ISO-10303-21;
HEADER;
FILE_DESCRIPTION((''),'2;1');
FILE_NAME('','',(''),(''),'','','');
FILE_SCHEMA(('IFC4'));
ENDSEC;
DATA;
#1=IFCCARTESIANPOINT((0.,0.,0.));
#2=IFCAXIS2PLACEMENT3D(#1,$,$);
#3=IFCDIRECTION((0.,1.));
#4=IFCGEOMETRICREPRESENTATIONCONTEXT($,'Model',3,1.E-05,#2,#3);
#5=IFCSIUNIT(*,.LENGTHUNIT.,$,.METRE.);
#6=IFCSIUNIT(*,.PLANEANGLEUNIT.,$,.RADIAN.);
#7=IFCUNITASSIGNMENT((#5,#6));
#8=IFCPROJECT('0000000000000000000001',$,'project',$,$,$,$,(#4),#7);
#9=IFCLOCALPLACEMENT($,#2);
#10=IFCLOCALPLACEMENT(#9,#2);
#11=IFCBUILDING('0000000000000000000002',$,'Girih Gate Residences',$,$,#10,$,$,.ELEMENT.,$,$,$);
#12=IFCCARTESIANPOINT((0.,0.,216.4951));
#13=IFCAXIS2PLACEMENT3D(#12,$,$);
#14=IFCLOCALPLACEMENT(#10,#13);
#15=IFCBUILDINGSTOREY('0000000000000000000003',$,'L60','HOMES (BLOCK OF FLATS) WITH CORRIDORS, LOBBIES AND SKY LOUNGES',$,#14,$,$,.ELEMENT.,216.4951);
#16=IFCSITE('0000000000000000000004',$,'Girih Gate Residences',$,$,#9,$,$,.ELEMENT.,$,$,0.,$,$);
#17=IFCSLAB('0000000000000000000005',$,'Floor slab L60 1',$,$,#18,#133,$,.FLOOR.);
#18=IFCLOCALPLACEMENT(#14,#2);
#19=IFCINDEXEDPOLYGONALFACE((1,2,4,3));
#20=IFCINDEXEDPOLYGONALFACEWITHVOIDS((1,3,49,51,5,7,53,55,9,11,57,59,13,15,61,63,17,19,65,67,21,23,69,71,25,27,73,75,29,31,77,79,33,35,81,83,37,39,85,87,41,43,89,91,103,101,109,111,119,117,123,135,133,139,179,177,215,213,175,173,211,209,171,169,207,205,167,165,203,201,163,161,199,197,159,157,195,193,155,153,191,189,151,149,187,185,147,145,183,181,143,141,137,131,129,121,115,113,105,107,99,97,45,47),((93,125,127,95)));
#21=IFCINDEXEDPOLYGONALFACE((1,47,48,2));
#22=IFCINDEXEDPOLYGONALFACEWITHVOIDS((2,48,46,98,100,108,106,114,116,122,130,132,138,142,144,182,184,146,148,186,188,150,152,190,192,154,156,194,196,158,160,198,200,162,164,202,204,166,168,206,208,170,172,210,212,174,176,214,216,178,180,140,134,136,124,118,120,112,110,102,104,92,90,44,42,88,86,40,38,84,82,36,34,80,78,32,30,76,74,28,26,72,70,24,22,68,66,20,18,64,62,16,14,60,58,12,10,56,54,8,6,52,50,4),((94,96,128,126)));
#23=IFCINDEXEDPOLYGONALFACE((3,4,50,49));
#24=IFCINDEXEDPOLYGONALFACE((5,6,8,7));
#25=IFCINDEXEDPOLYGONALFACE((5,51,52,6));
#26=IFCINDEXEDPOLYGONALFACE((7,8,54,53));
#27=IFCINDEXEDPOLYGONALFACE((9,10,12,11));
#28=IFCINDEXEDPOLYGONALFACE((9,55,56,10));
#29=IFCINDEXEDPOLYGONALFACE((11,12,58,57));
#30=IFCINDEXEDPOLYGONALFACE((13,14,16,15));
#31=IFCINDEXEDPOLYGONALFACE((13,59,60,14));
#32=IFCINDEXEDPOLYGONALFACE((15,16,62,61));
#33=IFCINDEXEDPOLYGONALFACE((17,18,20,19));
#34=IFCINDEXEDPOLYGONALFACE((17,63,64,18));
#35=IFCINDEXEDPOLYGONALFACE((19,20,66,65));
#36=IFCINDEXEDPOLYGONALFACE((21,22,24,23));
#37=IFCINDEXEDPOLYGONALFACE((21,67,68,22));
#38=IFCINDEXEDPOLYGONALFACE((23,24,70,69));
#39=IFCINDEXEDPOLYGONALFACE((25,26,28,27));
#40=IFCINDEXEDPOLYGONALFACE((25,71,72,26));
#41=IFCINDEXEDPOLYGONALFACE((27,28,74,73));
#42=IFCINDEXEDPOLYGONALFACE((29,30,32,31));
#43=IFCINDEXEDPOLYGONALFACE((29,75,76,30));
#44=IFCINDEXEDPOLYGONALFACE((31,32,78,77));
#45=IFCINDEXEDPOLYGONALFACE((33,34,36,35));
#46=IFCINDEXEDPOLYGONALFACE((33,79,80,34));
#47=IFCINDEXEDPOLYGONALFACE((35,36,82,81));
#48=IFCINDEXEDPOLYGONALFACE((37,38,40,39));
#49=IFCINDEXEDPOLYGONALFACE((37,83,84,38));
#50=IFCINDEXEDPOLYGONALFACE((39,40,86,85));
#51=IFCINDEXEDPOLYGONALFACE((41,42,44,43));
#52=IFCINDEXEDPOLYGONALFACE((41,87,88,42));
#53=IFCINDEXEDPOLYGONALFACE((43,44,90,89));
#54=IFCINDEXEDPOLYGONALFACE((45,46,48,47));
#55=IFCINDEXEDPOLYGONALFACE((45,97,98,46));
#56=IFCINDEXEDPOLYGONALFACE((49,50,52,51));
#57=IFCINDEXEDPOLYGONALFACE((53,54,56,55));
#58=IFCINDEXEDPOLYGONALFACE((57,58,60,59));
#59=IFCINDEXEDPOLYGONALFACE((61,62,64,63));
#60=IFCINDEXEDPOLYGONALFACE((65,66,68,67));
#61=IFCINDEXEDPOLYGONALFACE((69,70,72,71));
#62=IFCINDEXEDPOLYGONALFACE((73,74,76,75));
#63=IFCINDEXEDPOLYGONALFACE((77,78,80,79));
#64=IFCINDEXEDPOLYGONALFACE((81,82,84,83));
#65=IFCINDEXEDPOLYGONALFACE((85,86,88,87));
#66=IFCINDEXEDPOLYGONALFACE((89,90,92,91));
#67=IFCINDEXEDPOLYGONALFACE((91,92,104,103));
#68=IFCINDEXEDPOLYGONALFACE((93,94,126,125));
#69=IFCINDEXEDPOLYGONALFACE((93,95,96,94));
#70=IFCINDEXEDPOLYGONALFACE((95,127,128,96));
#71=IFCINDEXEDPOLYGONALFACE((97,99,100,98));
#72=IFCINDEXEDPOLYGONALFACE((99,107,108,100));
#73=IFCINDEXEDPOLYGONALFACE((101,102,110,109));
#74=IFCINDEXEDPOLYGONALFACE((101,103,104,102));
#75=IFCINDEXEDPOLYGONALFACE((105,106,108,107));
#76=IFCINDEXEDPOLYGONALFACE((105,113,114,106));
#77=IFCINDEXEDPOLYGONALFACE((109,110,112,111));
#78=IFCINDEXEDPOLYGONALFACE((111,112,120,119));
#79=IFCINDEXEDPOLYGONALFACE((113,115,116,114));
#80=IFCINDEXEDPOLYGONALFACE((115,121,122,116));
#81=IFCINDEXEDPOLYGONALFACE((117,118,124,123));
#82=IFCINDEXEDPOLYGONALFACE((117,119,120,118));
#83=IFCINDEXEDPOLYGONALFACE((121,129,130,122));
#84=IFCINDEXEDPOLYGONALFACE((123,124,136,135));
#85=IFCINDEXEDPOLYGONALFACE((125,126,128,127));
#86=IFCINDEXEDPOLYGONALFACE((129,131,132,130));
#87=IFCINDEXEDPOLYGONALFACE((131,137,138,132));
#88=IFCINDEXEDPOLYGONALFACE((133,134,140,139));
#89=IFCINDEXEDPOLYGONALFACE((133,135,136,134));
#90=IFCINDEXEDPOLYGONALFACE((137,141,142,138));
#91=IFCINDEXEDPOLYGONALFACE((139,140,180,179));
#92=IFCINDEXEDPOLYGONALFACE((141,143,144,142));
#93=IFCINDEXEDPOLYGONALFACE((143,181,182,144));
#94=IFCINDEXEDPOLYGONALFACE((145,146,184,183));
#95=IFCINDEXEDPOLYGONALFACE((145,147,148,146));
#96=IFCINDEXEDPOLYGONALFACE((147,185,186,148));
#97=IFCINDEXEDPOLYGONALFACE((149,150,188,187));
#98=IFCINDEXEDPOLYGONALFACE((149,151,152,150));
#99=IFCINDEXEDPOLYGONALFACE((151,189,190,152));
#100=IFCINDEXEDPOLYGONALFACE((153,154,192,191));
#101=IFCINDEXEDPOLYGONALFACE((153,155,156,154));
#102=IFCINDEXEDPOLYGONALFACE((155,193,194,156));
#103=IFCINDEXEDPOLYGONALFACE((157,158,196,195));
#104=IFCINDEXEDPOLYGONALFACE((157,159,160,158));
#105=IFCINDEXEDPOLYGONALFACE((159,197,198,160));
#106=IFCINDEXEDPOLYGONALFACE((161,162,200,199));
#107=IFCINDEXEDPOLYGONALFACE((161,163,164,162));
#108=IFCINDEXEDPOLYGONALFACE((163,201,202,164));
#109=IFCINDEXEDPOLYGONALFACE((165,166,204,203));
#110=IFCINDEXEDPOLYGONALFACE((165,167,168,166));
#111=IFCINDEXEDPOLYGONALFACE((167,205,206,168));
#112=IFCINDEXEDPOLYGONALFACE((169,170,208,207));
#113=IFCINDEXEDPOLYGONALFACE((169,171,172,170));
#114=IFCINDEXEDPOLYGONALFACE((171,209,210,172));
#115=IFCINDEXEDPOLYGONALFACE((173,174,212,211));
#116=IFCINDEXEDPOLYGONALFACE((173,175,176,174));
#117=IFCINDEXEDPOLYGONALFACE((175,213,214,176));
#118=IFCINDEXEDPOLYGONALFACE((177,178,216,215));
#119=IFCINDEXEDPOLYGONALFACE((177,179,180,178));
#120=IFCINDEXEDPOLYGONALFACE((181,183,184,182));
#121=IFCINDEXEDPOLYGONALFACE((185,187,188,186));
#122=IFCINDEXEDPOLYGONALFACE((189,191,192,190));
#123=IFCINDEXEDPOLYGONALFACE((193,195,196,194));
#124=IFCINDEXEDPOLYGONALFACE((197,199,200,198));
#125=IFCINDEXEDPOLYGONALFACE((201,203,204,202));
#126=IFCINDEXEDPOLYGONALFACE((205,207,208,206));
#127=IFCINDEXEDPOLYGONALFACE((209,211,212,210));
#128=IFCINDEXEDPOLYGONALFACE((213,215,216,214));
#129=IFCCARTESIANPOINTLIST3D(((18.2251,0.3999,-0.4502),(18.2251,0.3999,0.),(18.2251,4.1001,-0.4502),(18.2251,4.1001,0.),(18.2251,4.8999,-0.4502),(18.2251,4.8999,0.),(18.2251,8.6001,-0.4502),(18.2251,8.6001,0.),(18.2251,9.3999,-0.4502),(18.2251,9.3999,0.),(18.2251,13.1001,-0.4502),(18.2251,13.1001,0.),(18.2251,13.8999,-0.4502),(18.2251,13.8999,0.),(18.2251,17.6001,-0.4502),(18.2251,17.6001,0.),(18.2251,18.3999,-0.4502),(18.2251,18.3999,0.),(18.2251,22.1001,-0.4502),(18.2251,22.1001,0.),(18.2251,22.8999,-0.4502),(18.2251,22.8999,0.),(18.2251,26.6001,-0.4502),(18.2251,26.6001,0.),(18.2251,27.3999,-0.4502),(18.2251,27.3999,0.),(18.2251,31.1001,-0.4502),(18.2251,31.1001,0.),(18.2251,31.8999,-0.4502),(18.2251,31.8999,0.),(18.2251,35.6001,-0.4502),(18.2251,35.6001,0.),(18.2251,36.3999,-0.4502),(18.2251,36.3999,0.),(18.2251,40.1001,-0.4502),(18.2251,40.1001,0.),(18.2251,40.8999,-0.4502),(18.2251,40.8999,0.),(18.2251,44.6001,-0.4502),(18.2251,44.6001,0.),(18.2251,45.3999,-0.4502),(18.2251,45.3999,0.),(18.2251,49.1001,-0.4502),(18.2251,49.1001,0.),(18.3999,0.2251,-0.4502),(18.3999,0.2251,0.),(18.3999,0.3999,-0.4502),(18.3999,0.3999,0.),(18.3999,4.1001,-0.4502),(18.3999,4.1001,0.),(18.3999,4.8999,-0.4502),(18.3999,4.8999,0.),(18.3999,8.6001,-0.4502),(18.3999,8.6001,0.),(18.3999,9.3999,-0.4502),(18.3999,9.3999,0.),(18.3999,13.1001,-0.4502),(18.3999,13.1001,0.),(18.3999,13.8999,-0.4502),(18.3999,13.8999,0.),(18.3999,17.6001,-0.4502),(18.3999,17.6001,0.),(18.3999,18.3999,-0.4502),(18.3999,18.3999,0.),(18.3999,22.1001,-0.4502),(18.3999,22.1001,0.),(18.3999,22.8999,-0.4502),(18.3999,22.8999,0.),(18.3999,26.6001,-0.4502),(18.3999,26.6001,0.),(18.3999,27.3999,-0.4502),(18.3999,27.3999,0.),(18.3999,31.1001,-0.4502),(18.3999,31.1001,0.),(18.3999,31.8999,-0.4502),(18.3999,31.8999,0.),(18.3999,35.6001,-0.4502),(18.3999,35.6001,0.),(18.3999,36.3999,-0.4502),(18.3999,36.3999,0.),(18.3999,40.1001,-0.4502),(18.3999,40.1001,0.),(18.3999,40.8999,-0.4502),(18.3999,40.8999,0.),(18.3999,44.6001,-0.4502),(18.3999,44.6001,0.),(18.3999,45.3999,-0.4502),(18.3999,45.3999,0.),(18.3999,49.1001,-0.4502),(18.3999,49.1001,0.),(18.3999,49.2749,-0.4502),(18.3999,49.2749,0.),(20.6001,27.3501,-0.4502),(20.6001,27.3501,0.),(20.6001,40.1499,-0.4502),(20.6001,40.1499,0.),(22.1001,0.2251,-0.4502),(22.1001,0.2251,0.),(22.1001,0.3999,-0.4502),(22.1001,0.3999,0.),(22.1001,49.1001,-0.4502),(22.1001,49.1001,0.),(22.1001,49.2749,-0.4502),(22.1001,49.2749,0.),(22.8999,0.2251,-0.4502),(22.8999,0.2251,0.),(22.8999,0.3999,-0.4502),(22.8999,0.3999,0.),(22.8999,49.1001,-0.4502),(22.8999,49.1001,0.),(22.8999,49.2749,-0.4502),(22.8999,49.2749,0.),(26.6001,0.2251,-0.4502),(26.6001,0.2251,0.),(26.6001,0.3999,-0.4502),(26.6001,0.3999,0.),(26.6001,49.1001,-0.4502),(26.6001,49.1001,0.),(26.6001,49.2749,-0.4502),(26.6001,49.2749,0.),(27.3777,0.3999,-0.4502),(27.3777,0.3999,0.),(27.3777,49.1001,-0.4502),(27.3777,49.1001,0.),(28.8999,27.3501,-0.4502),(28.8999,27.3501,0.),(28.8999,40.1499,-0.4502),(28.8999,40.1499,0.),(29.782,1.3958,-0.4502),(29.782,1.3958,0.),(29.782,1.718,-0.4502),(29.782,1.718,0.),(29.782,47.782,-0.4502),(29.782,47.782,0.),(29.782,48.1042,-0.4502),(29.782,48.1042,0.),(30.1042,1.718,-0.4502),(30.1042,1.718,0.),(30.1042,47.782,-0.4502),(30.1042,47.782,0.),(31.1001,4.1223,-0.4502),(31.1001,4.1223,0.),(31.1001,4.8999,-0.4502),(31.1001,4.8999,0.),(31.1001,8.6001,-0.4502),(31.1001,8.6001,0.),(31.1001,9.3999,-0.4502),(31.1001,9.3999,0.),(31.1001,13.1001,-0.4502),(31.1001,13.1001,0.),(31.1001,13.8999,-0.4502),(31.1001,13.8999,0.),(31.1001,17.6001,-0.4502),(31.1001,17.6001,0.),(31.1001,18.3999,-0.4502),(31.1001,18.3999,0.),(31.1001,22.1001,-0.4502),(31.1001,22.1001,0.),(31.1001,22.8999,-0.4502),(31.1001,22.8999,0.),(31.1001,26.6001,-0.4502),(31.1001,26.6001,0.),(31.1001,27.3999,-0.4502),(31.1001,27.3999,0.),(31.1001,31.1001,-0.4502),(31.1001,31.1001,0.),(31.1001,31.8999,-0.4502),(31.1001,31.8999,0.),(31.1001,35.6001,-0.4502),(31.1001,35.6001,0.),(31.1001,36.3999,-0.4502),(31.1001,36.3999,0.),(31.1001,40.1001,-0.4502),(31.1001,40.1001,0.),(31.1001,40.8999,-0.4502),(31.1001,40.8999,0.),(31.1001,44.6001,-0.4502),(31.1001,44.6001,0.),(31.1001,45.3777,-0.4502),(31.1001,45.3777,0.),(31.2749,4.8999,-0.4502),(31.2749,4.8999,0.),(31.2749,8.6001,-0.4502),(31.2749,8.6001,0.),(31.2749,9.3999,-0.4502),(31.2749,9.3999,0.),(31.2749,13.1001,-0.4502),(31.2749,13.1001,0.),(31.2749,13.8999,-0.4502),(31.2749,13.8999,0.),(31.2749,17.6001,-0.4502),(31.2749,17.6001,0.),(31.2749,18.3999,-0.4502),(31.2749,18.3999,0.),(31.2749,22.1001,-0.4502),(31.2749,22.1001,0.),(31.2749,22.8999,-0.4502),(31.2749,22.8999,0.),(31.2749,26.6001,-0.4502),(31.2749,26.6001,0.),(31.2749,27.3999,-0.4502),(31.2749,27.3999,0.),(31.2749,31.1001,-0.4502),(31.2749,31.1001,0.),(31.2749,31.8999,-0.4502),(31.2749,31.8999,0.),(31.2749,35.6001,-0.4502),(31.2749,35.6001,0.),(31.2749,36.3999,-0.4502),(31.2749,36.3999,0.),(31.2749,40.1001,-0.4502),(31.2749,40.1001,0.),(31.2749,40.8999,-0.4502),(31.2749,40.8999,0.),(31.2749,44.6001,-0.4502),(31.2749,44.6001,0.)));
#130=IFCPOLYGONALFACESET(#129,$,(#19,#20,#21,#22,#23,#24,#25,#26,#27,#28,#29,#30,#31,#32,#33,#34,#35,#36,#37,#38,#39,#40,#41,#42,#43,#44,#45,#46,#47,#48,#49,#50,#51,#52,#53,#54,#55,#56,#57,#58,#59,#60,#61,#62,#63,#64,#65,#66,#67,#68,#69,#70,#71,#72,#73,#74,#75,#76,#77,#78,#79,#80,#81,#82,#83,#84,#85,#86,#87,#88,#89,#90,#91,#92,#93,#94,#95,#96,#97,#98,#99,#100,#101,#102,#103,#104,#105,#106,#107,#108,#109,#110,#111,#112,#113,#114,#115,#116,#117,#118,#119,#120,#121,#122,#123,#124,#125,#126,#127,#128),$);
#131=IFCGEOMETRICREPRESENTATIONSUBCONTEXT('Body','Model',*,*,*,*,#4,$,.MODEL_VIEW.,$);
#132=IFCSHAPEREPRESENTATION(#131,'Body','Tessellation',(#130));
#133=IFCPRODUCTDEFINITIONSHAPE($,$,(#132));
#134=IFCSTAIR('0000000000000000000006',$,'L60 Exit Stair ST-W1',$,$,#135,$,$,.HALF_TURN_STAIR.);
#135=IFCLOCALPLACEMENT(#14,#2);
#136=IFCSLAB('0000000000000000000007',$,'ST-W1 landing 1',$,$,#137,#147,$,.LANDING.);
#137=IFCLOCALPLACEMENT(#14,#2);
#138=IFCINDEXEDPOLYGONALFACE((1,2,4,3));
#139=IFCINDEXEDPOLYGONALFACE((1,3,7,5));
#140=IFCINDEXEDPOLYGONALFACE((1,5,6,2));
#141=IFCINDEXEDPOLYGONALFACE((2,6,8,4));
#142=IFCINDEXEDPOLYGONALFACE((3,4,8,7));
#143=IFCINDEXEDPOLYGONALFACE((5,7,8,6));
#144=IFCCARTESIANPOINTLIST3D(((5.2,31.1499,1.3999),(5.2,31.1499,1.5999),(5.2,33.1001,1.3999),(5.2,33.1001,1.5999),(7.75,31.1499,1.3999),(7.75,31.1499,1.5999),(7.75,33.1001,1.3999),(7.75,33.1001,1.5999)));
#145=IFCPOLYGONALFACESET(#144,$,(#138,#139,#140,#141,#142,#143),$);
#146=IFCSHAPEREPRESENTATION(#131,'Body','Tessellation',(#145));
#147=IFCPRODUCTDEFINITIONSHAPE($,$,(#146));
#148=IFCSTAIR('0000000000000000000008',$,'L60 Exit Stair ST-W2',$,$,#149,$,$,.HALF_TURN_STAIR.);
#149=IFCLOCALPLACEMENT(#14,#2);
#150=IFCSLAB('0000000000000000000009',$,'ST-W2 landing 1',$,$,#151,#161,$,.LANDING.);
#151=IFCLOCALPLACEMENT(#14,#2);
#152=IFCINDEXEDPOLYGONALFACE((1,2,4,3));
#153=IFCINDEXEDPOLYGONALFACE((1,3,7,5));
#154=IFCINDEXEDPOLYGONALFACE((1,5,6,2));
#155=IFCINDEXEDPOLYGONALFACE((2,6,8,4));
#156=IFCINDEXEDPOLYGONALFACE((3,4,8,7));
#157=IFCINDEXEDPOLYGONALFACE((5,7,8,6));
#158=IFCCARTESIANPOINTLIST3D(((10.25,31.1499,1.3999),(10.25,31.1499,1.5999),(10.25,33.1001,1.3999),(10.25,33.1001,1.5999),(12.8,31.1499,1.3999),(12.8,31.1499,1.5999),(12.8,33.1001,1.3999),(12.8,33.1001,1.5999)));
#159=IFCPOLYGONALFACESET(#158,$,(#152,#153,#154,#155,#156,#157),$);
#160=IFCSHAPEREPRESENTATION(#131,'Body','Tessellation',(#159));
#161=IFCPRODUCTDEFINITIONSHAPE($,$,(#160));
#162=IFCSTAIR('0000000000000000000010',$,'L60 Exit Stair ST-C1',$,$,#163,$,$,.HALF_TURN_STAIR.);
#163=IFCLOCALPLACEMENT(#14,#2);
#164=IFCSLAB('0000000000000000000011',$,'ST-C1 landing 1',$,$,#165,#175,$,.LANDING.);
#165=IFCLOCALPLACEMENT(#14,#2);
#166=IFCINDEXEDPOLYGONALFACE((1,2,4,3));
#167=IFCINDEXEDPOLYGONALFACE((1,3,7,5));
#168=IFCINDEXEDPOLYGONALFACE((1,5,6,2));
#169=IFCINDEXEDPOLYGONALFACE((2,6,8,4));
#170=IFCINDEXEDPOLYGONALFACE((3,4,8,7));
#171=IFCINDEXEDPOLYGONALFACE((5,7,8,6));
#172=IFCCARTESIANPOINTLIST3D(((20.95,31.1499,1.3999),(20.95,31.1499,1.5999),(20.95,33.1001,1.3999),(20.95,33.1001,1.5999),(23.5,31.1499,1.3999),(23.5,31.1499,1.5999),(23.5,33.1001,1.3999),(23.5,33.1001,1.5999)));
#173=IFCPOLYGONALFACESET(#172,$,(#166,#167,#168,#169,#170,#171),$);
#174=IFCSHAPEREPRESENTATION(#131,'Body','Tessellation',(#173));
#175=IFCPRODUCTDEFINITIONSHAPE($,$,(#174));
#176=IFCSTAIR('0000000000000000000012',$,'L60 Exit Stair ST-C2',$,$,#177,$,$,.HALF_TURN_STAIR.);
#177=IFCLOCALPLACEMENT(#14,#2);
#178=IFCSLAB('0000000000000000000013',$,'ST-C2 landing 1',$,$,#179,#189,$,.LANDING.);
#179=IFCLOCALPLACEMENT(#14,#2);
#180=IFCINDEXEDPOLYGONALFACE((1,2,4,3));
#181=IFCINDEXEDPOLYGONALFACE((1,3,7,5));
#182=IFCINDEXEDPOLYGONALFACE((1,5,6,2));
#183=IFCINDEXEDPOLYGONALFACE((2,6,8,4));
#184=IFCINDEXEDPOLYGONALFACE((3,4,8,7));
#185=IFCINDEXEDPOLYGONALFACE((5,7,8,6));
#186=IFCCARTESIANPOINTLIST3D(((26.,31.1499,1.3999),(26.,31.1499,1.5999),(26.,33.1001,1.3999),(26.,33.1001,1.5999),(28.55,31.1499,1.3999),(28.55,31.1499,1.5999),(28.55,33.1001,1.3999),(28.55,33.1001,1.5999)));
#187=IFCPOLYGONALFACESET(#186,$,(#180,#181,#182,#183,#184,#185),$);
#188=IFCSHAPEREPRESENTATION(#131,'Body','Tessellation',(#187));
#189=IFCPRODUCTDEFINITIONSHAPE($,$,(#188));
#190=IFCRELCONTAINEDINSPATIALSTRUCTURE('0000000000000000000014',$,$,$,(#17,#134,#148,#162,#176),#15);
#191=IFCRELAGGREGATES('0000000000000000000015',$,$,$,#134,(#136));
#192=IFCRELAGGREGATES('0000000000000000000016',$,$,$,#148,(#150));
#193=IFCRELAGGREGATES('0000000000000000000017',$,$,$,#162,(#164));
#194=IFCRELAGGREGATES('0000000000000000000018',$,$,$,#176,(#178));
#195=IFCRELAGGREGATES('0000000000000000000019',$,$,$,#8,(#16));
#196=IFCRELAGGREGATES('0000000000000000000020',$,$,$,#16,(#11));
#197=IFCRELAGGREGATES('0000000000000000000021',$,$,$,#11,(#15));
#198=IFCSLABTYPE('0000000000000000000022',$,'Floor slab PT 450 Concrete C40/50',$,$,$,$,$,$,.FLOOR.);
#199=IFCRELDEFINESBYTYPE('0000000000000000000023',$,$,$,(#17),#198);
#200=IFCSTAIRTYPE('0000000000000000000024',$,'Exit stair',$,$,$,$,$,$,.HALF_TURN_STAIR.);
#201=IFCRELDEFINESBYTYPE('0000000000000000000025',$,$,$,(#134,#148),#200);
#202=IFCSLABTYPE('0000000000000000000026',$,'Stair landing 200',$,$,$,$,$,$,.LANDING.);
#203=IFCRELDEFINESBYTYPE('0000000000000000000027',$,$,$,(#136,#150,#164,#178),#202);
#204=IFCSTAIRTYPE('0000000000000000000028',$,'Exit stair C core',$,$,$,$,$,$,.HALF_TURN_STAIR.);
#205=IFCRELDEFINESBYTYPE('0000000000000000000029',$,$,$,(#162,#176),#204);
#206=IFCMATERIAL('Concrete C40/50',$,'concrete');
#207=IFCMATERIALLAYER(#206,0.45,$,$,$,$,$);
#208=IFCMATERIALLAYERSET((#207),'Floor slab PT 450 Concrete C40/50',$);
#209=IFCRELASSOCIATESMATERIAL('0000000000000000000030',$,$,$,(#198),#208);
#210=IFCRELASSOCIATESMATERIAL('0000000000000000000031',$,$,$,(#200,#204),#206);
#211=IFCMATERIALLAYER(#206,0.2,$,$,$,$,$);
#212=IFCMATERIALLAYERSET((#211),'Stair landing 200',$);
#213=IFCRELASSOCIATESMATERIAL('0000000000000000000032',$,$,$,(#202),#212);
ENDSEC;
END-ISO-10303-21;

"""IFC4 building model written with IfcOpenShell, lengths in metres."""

from ifc_helpers import new_model, si_unit, direction, frame, origin, place, context, subcontext, project, spatial, polyline, outline, extrude, material, layer, layer_set, type_object, element, aggregate, save


model = new_model("IFC4")

# Units and contexts
model_context = context("Model", 3, precision=1e-05, world=origin(), true_north=direction((0.0, 1.0)))
body_context = subcontext(model_context, "Body", "Model", "MODEL_VIEW")
ifc_project = project(units=[si_unit("LENGTHUNIT", "METRE"), si_unit("PLANEANGLEUNIT", "RADIAN")], contexts=[model_context])

# Site, building, storey
site_placement = place(None, origin())
site = spatial("IfcSite", under=ifc_project, at=site_placement, Name="Girih Gate Residences", CompositionType="ELEMENT", RefElevation=0.0)
building_placement = place(site_placement, origin())
building = spatial("IfcBuilding", under=site, at=building_placement, Name="Girih Gate Residences", CompositionType="ELEMENT")
storey_placement = place(building_placement, frame((0.0, 0.0, 216.4951)))
storey = spatial("IfcBuildingStorey", under=building, at=storey_placement, Name="L60", Description="HOMES (BLOCK OF FLATS) WITH CORRIDORS, LOBBIES AND SKY LOUNGES", CompositionType="ELEMENT", Elevation=216.4951)

# Slab
ifc_material_1 = material(Name="Concrete C40/50", Category="concrete")
ifc_layer_1 = layer(ifc_material_1, 0.45)
ifc_layer_set_1 = layer_set([ifc_layer_1], Name="Floor slab PT 450 Concrete C40/50")
slab_type_1 = type_object("IfcSlabType", Name="Floor slab PT 450 Concrete C40/50", PredefinedType="FLOOR", material=ifc_layer_set_1)
slab_1_placement = place(storey_placement, frame((0.0, 0.0, -0.4502)))
element("IfcSlab", 1, at=slab_1_placement, inside=storey, type_object=slab_type_1, Name="Floor slab L60 1", PredefinedType="FLOOR", context=body_context, shape_type="SweptSolid", body=[
    extrude(outline(polyline([(22.8999, 0.2251), (26.6001, 0.2251), (26.6001, 0.3999), (27.3777, 0.3999), (29.782, 1.3958), (29.782, 1.718), (30.1042, 1.718), (31.1001, 4.1223), (31.1001, 4.8999), (31.2749, 4.8999), (31.2749, 8.6001), (31.1001, 8.6001), (31.1001, 9.3999), (31.2749, 9.3999), (31.2749, 13.1001), (31.1001, 13.1001), (31.1001, 13.8999), (31.2749, 13.8999), (31.2749, 17.6001), (31.1001, 17.6001), (31.1001, 18.3999), (31.2749, 18.3999), (31.2749, 22.1001), (31.1001, 22.1001), (31.1001, 22.8999), (31.2749, 22.8999), (31.2749, 26.6001), (31.1001, 26.6001), (31.1001, 27.3999), (31.2749, 27.3999), (31.2749, 31.1001), (31.1001, 31.1001), (31.1001, 31.8999), (31.2749, 31.8999), (31.2749, 35.6001), (31.1001, 35.6001), (31.1001, 36.3999), (31.2749, 36.3999), (31.2749, 40.1001), (31.1001, 40.1001), (31.1001, 40.8999), (31.2749, 40.8999), (31.2749, 44.6001), (31.1001, 44.6001), (31.1001, 45.3777), (30.1042, 47.782), (29.782, 47.782), (29.782, 48.1042), (27.3777, 49.1001), (26.6001, 49.1001), (26.6001, 49.2749), (22.8999, 49.2749), (22.8999, 49.1001), (22.1001, 49.1001), (22.1001, 49.2749), (18.3999, 49.2749), (18.3999, 49.1001), (18.2251, 49.1001), (18.2251, 45.3999), (18.3999, 45.3999), (18.3999, 44.6001), (18.2251, 44.6001), (18.2251, 40.8999), (18.3999, 40.8999), (18.3999, 40.1001), (18.2251, 40.1001), (18.2251, 36.3999), (18.3999, 36.3999), (18.3999, 35.6001), (18.2251, 35.6001), (18.2251, 31.8999), (18.3999, 31.8999), (18.3999, 31.1001), (18.2251, 31.1001), (18.2251, 27.3999), (18.3999, 27.3999), (18.3999, 26.6001), (18.2251, 26.6001), (18.2251, 22.8999), (18.3999, 22.8999), (18.3999, 22.1001), (18.2251, 22.1001), (18.2251, 18.3999), (18.3999, 18.3999), (18.3999, 17.6001), (18.2251, 17.6001), (18.2251, 13.8999), (18.3999, 13.8999), (18.3999, 13.1001), (18.2251, 13.1001), (18.2251, 9.3999), (18.3999, 9.3999), (18.3999, 8.6001), (18.2251, 8.6001), (18.2251, 4.8999), (18.3999, 4.8999), (18.3999, 4.1001), (18.2251, 4.1001), (18.2251, 0.3999), (18.3999, 0.3999), (18.3999, 0.2251), (22.1001, 0.2251), (22.1001, 0.3999), (22.8999, 0.3999), (22.8999, 0.2251)]), holes=[polyline([(28.8999, 40.1499), (28.8999, 27.3501), (20.6001, 27.3501), (20.6001, 40.1499), (28.8999, 40.1499)])]), origin(), (0.0, 0.0, 1.0), 0.4502),
])

# Stairs, slabs
stair_type_1 = type_object("IfcStairType", Name="Exit stair", PredefinedType="HALF_TURN_STAIR", material=ifc_material_1)
stair_1_placement = place(storey_placement, origin())
stair_1 = element("IfcStair", 2, at=stair_1_placement, inside=storey, type_object=stair_type_1, Name="L60 Exit Stair ST-W1", PredefinedType="HALF_TURN_STAIR")
ifc_layer_2 = layer(ifc_material_1, 0.2)
ifc_layer_set_2 = layer_set([ifc_layer_2], Name="Stair landing 200")
slab_type_2 = type_object("IfcSlabType", Name="Stair landing 200", PredefinedType="LANDING", material=ifc_layer_set_2)
slab_2_placement = place(storey_placement, frame((0.0, 0.0, 1.3999)))
slab_2 = element("IfcSlab", 3, at=slab_2_placement, type_object=slab_type_2, Name="ST-W1 landing 1", PredefinedType="LANDING", context=body_context, shape_type="SweptSolid", body=[
    extrude(outline(polyline([(7.75, 31.1499), (7.75, 33.1001), (5.2, 33.1001), (5.2, 31.1499), (7.75, 31.1499)])), origin(), (0.0, 0.0, 1.0), 0.2),
])
aggregate(stair_1, [slab_2])
stair_2_placement = place(storey_placement, origin())
stair_2 = element("IfcStair", 4, at=stair_2_placement, inside=storey, type_object=stair_type_1, Name="L60 Exit Stair ST-W2", PredefinedType="HALF_TURN_STAIR")
slab_3_placement = place(storey_placement, frame((0.0, 0.0, 1.3999)))
slab_3 = element("IfcSlab", 5, at=slab_3_placement, type_object=slab_type_2, Name="ST-W2 landing 1", PredefinedType="LANDING", context=body_context, shape_type="SweptSolid", body=[
    extrude(outline(polyline([(12.8, 31.1499), (12.8, 33.1001), (10.25, 33.1001), (10.25, 31.1499), (12.8, 31.1499)])), origin(), (0.0, 0.0, 1.0), 0.2),
])
aggregate(stair_2, [slab_3])
stair_type_2 = type_object("IfcStairType", Name="Exit stair C core", PredefinedType="HALF_TURN_STAIR", material=ifc_material_1)
stair_3_placement = place(storey_placement, origin())
stair_3 = element("IfcStair", 6, at=stair_3_placement, inside=storey, type_object=stair_type_2, Name="L60 Exit Stair ST-C1", PredefinedType="HALF_TURN_STAIR")
slab_4_placement = place(storey_placement, frame((0.0, 0.0, 1.3999)))
slab_4 = element("IfcSlab", 7, at=slab_4_placement, type_object=slab_type_2, Name="ST-C1 landing 1", PredefinedType="LANDING", context=body_context, shape_type="SweptSolid", body=[
    extrude(outline(polyline([(23.5, 31.1499), (23.5, 33.1001), (20.95, 33.1001), (20.95, 31.1499), (23.5, 31.1499)])), origin(), (0.0, 0.0, 1.0), 0.2),
])
aggregate(stair_3, [slab_4])
stair_4_placement = place(storey_placement, origin())
stair_4 = element("IfcStair", 8, at=stair_4_placement, inside=storey, type_object=stair_type_2, Name="L60 Exit Stair ST-C2", PredefinedType="HALF_TURN_STAIR")
slab_5_placement = place(storey_placement, frame((0.0, 0.0, 1.3999)))
slab_5 = element("IfcSlab", 9, at=slab_5_placement, type_object=slab_type_2, Name="ST-C2 landing 1", PredefinedType="LANDING", context=body_context, shape_type="SweptSolid", body=[
    extrude(outline(polyline([(28.55, 31.1499), (28.55, 33.1001), (26.0, 33.1001), (26.0, 31.1499), (28.55, 31.1499)])), origin(), (0.0, 0.0, 1.0), 0.2),
])
aggregate(stair_4, [slab_5])

save(model, "model.ifc")
